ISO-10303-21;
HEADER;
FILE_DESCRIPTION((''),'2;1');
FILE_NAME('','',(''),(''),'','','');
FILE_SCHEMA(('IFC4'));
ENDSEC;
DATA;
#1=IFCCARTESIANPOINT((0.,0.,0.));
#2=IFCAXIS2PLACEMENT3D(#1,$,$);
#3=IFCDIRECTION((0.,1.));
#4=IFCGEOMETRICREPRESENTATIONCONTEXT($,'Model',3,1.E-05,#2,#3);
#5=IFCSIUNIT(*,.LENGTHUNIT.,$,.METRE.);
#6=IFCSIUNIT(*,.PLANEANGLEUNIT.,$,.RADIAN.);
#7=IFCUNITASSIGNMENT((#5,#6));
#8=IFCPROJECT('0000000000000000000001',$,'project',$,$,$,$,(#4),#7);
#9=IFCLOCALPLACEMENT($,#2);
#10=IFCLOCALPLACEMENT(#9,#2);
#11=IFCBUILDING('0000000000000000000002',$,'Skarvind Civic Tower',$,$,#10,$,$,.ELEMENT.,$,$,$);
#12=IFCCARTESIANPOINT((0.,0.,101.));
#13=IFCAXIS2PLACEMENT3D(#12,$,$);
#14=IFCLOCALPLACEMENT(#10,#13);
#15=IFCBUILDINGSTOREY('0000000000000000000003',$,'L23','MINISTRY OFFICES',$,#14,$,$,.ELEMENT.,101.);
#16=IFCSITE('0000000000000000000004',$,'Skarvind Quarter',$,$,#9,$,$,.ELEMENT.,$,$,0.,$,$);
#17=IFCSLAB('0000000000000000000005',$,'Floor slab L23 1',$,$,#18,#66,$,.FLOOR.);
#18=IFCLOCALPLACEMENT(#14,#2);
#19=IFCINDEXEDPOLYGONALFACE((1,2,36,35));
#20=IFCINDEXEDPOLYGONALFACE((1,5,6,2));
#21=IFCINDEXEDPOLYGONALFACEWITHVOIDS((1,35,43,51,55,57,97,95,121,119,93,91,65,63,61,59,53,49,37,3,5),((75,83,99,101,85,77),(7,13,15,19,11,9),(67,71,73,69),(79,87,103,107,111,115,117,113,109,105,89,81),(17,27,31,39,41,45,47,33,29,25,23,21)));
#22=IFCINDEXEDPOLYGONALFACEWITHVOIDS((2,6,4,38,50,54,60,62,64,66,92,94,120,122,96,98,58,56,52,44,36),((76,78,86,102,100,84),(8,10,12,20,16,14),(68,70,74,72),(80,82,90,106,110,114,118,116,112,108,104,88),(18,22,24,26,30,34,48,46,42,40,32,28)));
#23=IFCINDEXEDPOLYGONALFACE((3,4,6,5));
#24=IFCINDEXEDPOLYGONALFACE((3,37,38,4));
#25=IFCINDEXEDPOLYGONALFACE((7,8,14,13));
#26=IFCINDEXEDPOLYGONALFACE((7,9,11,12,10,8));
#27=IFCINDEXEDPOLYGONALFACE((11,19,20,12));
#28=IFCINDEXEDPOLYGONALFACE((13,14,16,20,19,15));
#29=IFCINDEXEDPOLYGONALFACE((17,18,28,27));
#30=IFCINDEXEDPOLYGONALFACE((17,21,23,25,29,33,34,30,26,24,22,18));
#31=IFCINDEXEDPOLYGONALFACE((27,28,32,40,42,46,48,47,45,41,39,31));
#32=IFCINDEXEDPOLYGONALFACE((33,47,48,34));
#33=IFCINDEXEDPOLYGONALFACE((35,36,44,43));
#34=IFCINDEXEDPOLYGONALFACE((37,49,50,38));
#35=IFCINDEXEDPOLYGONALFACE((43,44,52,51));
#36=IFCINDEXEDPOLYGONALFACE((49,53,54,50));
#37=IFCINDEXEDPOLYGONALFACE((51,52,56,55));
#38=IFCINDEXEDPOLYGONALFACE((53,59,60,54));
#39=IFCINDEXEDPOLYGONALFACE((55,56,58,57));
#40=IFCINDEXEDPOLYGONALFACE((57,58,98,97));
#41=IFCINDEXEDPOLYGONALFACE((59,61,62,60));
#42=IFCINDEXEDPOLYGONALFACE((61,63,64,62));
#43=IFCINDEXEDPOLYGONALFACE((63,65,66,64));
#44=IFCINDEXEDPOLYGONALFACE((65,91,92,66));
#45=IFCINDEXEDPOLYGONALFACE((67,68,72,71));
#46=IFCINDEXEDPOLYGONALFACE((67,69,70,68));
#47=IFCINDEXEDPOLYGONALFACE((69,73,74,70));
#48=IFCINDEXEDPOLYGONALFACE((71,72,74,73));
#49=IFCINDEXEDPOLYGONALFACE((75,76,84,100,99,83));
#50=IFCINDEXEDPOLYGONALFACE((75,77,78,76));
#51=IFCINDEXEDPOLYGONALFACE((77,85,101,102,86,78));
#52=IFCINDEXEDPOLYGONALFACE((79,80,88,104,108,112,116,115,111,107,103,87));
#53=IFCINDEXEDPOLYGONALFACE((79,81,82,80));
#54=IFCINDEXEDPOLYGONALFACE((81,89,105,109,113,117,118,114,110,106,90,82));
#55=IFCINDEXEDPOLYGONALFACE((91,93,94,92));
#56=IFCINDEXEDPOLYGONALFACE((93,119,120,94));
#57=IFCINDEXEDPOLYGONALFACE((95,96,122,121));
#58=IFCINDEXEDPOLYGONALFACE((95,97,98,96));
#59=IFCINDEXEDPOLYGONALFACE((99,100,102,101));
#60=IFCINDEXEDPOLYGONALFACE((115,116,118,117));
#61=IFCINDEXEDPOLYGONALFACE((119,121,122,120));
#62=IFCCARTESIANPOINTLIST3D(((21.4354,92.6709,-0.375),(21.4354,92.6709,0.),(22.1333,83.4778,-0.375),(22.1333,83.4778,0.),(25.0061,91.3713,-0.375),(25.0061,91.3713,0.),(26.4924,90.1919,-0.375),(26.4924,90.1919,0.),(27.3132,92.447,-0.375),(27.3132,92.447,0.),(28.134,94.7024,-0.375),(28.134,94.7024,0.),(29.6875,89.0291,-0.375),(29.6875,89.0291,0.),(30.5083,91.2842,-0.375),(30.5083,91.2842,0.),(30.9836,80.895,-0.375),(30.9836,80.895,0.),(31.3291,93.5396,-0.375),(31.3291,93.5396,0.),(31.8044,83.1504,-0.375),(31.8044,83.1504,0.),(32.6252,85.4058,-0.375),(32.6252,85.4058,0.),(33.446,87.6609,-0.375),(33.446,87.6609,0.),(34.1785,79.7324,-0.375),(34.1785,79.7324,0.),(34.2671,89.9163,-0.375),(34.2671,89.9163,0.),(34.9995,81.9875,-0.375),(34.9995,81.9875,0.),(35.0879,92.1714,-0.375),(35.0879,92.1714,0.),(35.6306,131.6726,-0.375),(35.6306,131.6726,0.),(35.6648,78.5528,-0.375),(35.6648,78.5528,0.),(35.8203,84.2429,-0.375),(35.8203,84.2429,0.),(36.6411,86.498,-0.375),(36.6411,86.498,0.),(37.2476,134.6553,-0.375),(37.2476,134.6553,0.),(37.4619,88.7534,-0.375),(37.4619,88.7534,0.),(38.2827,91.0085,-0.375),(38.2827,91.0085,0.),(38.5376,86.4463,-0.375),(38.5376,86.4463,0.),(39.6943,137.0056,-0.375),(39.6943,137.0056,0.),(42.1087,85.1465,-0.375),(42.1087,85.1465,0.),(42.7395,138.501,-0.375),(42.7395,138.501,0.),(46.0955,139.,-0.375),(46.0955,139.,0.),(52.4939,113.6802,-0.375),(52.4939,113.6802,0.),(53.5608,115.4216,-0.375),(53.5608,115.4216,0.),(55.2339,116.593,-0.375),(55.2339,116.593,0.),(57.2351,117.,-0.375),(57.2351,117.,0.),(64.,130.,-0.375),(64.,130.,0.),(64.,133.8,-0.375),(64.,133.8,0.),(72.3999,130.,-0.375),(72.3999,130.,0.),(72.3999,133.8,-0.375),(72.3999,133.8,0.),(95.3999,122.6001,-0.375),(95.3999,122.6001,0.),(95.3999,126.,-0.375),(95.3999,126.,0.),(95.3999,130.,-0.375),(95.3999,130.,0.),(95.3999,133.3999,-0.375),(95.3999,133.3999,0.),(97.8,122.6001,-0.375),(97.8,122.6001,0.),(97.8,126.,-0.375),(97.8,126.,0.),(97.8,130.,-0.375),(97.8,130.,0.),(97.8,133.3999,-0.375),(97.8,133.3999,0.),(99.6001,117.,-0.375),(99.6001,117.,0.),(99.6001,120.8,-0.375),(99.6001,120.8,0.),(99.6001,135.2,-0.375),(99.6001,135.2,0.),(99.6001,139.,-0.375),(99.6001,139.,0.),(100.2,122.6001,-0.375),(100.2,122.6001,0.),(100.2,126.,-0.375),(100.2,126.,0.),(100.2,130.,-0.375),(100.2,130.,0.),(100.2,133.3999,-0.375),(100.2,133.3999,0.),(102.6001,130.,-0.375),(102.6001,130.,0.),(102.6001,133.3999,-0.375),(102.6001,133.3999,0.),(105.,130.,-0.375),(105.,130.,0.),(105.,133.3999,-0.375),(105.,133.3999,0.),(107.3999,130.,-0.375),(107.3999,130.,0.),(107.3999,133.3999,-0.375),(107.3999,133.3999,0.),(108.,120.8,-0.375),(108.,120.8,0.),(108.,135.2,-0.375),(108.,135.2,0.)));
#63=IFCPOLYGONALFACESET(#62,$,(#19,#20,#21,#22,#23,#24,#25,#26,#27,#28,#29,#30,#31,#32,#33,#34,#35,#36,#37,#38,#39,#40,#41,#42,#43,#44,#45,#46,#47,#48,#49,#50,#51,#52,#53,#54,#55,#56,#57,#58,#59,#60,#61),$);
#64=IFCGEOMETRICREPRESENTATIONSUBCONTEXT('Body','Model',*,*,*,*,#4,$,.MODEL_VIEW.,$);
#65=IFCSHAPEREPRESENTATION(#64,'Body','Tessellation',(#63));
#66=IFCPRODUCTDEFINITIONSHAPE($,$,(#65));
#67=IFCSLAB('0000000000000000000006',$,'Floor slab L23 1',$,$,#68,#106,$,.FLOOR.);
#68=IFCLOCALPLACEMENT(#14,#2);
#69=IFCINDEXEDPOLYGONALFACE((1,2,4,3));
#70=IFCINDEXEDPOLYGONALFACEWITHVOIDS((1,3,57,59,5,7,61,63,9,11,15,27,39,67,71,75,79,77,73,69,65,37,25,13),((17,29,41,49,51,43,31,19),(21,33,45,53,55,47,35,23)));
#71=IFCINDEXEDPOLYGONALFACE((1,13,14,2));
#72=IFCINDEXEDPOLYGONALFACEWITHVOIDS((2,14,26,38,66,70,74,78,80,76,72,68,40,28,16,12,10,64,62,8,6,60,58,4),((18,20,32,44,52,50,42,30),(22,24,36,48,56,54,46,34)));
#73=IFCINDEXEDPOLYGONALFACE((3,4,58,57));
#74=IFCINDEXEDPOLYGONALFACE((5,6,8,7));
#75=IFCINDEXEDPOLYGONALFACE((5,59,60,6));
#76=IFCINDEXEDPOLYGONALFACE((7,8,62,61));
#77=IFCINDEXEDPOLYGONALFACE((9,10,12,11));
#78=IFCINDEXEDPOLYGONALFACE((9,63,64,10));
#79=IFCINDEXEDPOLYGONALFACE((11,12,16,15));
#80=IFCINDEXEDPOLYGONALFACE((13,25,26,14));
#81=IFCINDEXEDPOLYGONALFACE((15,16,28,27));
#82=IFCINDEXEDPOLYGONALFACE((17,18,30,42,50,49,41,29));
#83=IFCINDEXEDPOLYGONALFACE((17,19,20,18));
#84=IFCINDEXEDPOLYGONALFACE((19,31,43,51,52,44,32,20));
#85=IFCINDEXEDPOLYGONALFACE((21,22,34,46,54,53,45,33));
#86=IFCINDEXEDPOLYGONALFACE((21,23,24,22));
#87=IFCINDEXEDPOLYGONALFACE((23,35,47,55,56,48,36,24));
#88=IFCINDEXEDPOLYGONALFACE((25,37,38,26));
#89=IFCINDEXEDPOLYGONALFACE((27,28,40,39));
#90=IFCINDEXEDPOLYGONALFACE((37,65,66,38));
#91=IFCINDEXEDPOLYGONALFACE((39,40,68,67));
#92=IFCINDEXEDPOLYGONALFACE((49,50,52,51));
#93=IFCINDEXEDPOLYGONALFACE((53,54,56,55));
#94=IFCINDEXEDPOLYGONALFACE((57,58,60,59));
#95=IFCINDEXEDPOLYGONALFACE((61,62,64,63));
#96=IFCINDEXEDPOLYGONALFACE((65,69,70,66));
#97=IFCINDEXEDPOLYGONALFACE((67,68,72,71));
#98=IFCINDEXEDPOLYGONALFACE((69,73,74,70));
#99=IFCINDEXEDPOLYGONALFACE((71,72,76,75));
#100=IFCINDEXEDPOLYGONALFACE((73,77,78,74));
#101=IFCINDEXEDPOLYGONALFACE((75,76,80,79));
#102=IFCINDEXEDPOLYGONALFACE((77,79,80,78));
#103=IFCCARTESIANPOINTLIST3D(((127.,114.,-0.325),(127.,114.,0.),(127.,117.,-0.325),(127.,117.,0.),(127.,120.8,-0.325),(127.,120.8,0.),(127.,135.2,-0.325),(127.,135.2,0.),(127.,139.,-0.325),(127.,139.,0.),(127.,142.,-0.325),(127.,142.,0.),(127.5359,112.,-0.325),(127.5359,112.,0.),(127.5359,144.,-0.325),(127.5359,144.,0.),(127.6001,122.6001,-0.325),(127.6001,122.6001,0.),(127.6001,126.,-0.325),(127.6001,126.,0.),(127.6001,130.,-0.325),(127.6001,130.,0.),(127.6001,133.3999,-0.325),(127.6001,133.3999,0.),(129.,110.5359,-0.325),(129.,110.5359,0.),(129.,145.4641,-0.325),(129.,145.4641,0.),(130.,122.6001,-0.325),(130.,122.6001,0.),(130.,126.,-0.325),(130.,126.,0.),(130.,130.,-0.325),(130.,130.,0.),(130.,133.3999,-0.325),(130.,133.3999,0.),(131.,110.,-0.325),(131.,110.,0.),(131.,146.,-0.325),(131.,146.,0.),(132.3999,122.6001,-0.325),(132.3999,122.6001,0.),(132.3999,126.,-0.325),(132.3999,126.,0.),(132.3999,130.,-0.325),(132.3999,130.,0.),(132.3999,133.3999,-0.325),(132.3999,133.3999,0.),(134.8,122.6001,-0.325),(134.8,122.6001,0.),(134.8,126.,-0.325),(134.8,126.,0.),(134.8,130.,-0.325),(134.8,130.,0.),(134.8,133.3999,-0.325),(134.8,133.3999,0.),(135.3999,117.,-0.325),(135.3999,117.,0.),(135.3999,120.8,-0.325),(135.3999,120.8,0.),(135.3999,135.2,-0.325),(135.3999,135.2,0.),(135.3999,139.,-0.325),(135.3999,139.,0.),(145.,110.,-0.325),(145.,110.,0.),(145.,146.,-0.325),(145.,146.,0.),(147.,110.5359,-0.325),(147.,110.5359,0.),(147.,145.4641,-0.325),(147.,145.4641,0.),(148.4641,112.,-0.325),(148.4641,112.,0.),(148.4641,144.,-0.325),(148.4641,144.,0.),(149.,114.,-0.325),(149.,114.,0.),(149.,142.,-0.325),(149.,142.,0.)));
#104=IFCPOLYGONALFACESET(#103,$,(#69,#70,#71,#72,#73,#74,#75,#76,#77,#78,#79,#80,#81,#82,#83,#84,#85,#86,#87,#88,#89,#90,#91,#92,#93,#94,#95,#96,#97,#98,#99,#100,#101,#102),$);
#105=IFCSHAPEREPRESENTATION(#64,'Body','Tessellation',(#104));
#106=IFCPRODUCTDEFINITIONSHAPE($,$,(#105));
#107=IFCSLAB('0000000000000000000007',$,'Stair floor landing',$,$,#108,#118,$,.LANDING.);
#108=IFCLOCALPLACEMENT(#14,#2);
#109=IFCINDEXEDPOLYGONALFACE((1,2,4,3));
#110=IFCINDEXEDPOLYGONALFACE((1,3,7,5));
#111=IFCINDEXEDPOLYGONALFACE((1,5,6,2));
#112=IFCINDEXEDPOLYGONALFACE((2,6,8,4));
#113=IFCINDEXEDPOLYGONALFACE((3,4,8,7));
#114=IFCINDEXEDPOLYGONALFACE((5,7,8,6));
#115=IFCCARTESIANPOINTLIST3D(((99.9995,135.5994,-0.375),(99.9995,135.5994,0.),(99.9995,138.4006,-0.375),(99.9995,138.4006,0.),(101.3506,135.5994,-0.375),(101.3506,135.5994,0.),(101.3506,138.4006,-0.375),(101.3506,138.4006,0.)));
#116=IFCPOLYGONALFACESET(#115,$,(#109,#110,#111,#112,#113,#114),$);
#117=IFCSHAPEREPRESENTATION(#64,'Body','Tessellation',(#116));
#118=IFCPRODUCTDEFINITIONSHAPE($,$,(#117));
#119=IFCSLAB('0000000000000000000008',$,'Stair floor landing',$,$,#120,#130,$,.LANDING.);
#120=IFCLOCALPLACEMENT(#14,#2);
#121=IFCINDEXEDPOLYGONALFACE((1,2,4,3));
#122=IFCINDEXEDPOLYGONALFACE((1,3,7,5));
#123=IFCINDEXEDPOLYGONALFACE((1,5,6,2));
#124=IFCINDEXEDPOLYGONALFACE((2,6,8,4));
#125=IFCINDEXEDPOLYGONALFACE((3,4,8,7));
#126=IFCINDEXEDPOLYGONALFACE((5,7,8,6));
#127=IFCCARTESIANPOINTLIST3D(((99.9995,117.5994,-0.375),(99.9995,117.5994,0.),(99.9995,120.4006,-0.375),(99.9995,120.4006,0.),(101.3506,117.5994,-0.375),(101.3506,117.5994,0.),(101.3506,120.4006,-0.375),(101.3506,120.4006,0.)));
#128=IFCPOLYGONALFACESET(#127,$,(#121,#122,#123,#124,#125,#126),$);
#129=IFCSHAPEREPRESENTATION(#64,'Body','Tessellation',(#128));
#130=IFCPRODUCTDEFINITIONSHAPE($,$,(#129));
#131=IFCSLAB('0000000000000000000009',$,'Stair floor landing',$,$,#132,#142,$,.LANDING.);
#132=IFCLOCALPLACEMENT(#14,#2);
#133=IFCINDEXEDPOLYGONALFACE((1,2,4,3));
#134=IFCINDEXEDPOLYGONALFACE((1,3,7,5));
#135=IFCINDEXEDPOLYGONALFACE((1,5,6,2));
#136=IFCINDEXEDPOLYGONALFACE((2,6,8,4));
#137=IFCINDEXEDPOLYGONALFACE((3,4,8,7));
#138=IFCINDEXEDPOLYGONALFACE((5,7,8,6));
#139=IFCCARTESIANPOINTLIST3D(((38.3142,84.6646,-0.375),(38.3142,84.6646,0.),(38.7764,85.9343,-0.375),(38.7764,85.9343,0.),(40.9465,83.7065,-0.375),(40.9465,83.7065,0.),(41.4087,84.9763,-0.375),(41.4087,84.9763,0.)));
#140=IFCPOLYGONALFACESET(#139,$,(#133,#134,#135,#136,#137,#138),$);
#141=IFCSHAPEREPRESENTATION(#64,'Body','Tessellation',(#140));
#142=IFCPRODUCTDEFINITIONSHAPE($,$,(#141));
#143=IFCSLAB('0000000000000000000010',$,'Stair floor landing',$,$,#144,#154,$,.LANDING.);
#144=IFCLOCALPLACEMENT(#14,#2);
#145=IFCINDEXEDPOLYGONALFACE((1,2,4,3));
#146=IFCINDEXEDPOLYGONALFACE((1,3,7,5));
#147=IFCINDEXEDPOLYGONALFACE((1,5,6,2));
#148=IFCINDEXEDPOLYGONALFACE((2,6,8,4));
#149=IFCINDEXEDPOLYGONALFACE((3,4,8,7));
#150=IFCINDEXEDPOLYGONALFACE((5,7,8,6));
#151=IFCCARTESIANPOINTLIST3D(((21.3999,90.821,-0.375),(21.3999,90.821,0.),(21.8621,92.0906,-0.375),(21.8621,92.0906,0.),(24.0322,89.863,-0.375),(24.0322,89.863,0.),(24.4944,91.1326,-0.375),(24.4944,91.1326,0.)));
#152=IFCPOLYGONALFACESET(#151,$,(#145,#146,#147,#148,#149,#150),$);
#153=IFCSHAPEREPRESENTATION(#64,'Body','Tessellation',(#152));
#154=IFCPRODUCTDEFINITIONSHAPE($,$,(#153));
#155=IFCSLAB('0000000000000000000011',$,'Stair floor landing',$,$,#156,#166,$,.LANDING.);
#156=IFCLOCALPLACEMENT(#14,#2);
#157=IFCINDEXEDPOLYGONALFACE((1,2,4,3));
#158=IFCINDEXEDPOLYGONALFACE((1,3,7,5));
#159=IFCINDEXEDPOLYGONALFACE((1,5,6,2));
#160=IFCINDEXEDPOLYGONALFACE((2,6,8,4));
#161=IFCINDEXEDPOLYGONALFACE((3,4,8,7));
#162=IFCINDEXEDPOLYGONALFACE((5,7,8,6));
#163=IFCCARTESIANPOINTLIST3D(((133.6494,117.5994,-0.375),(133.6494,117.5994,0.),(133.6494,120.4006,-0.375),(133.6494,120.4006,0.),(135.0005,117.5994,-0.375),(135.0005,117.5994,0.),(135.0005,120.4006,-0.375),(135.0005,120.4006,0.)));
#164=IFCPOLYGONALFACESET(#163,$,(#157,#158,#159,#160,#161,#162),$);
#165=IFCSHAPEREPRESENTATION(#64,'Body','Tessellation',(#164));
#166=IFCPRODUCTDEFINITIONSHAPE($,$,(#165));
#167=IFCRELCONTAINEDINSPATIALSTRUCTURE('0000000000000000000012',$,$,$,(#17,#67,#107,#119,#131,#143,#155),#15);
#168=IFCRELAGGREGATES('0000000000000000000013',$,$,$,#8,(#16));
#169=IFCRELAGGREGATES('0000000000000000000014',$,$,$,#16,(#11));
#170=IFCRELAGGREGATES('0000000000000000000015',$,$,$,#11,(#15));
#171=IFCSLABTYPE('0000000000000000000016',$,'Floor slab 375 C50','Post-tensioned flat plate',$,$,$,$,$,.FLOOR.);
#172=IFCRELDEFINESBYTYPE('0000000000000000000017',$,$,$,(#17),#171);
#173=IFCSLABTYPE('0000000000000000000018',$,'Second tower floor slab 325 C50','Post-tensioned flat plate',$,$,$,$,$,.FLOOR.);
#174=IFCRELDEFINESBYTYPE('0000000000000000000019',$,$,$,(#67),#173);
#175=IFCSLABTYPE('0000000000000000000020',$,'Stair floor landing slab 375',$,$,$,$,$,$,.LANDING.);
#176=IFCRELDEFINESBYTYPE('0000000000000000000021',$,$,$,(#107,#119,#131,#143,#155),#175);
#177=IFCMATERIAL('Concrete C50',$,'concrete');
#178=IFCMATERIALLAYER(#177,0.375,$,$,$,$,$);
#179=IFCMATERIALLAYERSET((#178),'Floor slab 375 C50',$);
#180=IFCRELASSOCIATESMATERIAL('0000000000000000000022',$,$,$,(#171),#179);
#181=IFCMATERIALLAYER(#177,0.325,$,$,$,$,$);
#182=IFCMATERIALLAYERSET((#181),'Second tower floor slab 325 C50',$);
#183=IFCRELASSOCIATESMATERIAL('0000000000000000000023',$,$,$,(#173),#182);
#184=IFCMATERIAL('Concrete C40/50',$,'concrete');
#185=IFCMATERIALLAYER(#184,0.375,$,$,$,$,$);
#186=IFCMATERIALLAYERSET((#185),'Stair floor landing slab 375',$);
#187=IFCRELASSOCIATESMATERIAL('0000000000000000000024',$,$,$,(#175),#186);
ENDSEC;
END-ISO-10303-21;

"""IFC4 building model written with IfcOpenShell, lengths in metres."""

from ifc_helpers import new_model, si_unit, direction, frame, origin, place, context, subcontext, project, spatial, polyline, outline, extrude, material, layer, layer_set, type_object, element, save


model = new_model("IFC4")

# Units and contexts
model_context = context("Model", 3, precision=1e-05, world=origin(), true_north=direction((0.0, 1.0)))
body_context = subcontext(model_context, "Body", "Model", "MODEL_VIEW")
ifc_project = project(units=[si_unit("LENGTHUNIT", "METRE"), si_unit("PLANEANGLEUNIT", "RADIAN")], contexts=[model_context])

# Site, building, storey
site_placement = place(None, origin())
site = spatial("IfcSite", under=ifc_project, at=site_placement, Name="Skarvind Quarter", CompositionType="ELEMENT", RefElevation=0.0)
building_placement = place(site_placement, origin())
building = spatial("IfcBuilding", under=site, at=building_placement, Name="Skarvind Civic Tower", CompositionType="ELEMENT")
storey_placement = place(building_placement, frame((0.0, 0.0, 101.0)))
storey = spatial("IfcBuildingStorey", under=building, at=storey_placement, Name="L23", Description="MINISTRY OFFICES", CompositionType="ELEMENT", Elevation=101.0)

# Slabs
ifc_material_1 = material(Name="Concrete C50", Category="concrete")
ifc_layer_1 = layer(ifc_material_1, 0.375)
ifc_layer_set_1 = layer_set([ifc_layer_1], Name="Floor slab 375 C50")
slab_type_1 = type_object("IfcSlabType", Name="Floor slab 375 C50", Description="Post-tensioned flat plate", PredefinedType="FLOOR", material=ifc_layer_set_1)
slab_1_placement = place(storey_placement, frame((0.0, 0.0, -0.375)))
element("IfcSlab", 1, at=slab_1_placement, inside=storey, type_object=slab_type_1, Name="Floor slab L23 1", PredefinedType="FLOOR", context=body_context, shape_type="SweptSolid", body=[
    extrude(outline(polyline([(99.6001, 117.0), (99.6001, 120.8), (108.0, 120.8), (108.0, 135.2), (99.6001, 135.2), (99.6001, 139.0), (46.0955, 139.0), (42.7395, 138.501), (39.6943, 137.0056), (37.2476, 134.6553), (35.6306, 131.6726), (19.4175, 87.1267), (21.4353, 92.6709), (25.0061, 91.3713), (22.1333, 83.4778), (36.8865, 78.1082), (35.6648, 78.5527), (38.5376, 86.4463), (42.1086, 85.1465), (40.0908, 79.6023), (40.0908, 79.6023), (52.4939, 113.6802), (53.5608, 115.4216), (55.2339, 116.593), (57.2351, 117.0), (99.6001, 117.0)]), holes=[polyline([(32.6252, 85.4058), (33.446, 87.6609), (34.2671, 89.9163), (35.0879, 92.1714), (38.2827, 91.0085), (37.4619, 88.7534), (36.6411, 86.498), (35.8203, 84.2429), (35.8203, 84.2429), (34.9995, 81.9875), (34.1785, 79.7324), (30.9836, 80.895), (31.8044, 83.1504), (32.6252, 85.4058), (32.6252, 85.4058)]), polyline([(31.3291, 93.5396), (30.5083, 91.2842), (29.6875, 89.0291), (26.4924, 90.1919), (27.3132, 92.447), (28.134, 94.7024), (31.3291, 93.5396)]), polyline([(64.0, 130.0), (64.0, 133.8), (72.3999, 133.8), (72.3999, 130.0), (64.0, 130.0)]), polyline([(100.2, 126.0), (100.2, 122.6001), (97.8, 122.6001), (95.3999, 122.6001), (95.3999, 126.0), (97.8, 126.0), (100.2, 126.0)]), polyline([(100.2, 133.3999), (102.6001, 133.3999), (105.0, 133.3999), (107.3999, 133.3999), (107.3999, 130.0), (105.0, 130.0), (102.6001, 130.0), (100.2, 130.0), (97.8, 130.0), (95.3999, 130.0), (95.3999, 133.3999), (97.8, 133.3999), (100.2, 133.3999)])]), origin(), (0.0, 0.0, 1.0), 0.375),
])
ifc_layer_2 = layer(ifc_material_1, 0.325)
ifc_layer_set_2 = layer_set([ifc_layer_2], Name="Second tower floor slab 325 C50")
slab_type_2 = type_object("IfcSlabType", Name="Second tower floor slab 325 C50", Description="Post-tensioned flat plate", PredefinedType="FLOOR", material=ifc_layer_set_2)
slab_2_placement = place(storey_placement, frame((0.0, 0.0, -0.325)))
element("IfcSlab", 2, at=slab_2_placement, inside=storey, type_object=slab_type_2, Name="Floor slab L23 1", PredefinedType="FLOOR", context=body_context, shape_type="SweptSolid", body=[
    extrude(outline(polyline([(127.0, 139.0), (135.3999, 139.0), (135.3999, 135.2), (127.0, 135.2), (127.0, 120.8), (135.3999, 120.8), (135.3999, 117.0), (127.0, 117.0), (127.0, 114.0), (127.5359, 112.0), (129.0, 110.5359), (131.0, 110.0), (145.0, 110.0), (147.0, 110.5359), (148.4641, 112.0), (149.0, 114.0), (149.0, 142.0), (148.4641, 144.0), (147.0, 145.4641), (145.0, 146.0), (131.0, 146.0), (129.0, 145.4641), (127.5359, 144.0), (127.0, 142.0), (127.0, 139.0)]), holes=[polyline([(132.3999, 126.0), (134.8, 126.0), (134.8, 122.6001), (132.3999, 122.6001), (130.0, 122.6001), (127.6001, 122.6001), (127.6001, 126.0), (130.0, 126.0), (132.3999, 126.0)]), polyline([(130.0, 133.3999), (132.3999, 133.3999), (134.8, 133.3999), (134.8, 130.0), (132.3999, 130.0), (130.0, 130.0), (127.6001, 130.0), (127.6001, 133.3999), (130.0, 133.3999)])]), origin(), (0.0, 0.0, 1.0), 0.325),
])
ifc_material_2 = material(Name="Concrete C40/50", Category="concrete")
ifc_layer_3 = layer(ifc_material_2, 0.375)
ifc_layer_set_3 = layer_set([ifc_layer_3], Name="Stair floor landing slab 375")
slab_type_3 = type_object("IfcSlabType", Name="Stair floor landing slab 375", PredefinedType="LANDING", material=ifc_layer_set_3)
slab_3_placement = place(storey_placement, frame((0.0, 0.0, -0.375)))
element("IfcSlab", 3, at=slab_3_placement, inside=storey, type_object=slab_type_3, Name="Stair floor landing", PredefinedType="LANDING", context=body_context, shape_type="SweptSolid", body=[
    extrude(outline(polyline([(101.3506, 138.4006), (101.3506, 135.5994), (99.9995, 135.5994), (99.9995, 138.4006), (101.3506, 138.4006)])), origin(), (0.0, 0.0, 1.0), 0.375),
])
slab_4_placement = place(storey_placement, frame((0.0, 0.0, -0.375)))
element("IfcSlab", 4, at=slab_4_placement, inside=storey, type_object=slab_type_3, Name="Stair floor landing", PredefinedType="LANDING", context=body_context, shape_type="SweptSolid", body=[
    extrude(outline(polyline([(101.3506, 120.4006), (101.3506, 117.5994), (99.9995, 117.5994), (99.9995, 120.4006), (101.3506, 120.4006)])), origin(), (0.0, 0.0, 1.0), 0.375),
])
slab_5_placement = place(storey_placement, frame((0.0, 0.0, -0.375)))
element("IfcSlab", 5, at=slab_5_placement, inside=storey, type_object=slab_type_3, Name="Stair floor landing", PredefinedType="LANDING", context=body_context, shape_type="SweptSolid", body=[
    extrude(outline(polyline([(40.9465, 83.7065), (38.3142, 84.6646), (38.7764, 85.9343), (41.4087, 84.9763), (40.9465, 83.7065)])), origin(), (0.0, 0.0, 1.0), 0.375),
])
slab_6_placement = place(storey_placement, frame((0.0, 0.0, -0.375)))
element("IfcSlab", 6, at=slab_6_placement, inside=storey, type_object=slab_type_3, Name="Stair floor landing", PredefinedType="LANDING", context=body_context, shape_type="SweptSolid", body=[
    extrude(outline(polyline([(24.0322, 89.863), (21.3999, 90.821), (21.8621, 92.0906), (24.4944, 91.1326), (24.0322, 89.863)])), origin(), (0.0, 0.0, 1.0), 0.375),
])
slab_7_placement = place(storey_placement, frame((0.0, 0.0, -0.375)))
element("IfcSlab", 7, at=slab_7_placement, inside=storey, type_object=slab_type_3, Name="Stair floor landing", PredefinedType="LANDING", context=body_context, shape_type="SweptSolid", body=[
    extrude(outline(polyline([(133.6494, 117.5994), (133.6494, 120.4006), (135.0005, 120.4006), (135.0005, 117.5994), (133.6494, 117.5994)])), origin(), (0.0, 0.0, 1.0), 0.375),
])

save(model, "model.ifc")
